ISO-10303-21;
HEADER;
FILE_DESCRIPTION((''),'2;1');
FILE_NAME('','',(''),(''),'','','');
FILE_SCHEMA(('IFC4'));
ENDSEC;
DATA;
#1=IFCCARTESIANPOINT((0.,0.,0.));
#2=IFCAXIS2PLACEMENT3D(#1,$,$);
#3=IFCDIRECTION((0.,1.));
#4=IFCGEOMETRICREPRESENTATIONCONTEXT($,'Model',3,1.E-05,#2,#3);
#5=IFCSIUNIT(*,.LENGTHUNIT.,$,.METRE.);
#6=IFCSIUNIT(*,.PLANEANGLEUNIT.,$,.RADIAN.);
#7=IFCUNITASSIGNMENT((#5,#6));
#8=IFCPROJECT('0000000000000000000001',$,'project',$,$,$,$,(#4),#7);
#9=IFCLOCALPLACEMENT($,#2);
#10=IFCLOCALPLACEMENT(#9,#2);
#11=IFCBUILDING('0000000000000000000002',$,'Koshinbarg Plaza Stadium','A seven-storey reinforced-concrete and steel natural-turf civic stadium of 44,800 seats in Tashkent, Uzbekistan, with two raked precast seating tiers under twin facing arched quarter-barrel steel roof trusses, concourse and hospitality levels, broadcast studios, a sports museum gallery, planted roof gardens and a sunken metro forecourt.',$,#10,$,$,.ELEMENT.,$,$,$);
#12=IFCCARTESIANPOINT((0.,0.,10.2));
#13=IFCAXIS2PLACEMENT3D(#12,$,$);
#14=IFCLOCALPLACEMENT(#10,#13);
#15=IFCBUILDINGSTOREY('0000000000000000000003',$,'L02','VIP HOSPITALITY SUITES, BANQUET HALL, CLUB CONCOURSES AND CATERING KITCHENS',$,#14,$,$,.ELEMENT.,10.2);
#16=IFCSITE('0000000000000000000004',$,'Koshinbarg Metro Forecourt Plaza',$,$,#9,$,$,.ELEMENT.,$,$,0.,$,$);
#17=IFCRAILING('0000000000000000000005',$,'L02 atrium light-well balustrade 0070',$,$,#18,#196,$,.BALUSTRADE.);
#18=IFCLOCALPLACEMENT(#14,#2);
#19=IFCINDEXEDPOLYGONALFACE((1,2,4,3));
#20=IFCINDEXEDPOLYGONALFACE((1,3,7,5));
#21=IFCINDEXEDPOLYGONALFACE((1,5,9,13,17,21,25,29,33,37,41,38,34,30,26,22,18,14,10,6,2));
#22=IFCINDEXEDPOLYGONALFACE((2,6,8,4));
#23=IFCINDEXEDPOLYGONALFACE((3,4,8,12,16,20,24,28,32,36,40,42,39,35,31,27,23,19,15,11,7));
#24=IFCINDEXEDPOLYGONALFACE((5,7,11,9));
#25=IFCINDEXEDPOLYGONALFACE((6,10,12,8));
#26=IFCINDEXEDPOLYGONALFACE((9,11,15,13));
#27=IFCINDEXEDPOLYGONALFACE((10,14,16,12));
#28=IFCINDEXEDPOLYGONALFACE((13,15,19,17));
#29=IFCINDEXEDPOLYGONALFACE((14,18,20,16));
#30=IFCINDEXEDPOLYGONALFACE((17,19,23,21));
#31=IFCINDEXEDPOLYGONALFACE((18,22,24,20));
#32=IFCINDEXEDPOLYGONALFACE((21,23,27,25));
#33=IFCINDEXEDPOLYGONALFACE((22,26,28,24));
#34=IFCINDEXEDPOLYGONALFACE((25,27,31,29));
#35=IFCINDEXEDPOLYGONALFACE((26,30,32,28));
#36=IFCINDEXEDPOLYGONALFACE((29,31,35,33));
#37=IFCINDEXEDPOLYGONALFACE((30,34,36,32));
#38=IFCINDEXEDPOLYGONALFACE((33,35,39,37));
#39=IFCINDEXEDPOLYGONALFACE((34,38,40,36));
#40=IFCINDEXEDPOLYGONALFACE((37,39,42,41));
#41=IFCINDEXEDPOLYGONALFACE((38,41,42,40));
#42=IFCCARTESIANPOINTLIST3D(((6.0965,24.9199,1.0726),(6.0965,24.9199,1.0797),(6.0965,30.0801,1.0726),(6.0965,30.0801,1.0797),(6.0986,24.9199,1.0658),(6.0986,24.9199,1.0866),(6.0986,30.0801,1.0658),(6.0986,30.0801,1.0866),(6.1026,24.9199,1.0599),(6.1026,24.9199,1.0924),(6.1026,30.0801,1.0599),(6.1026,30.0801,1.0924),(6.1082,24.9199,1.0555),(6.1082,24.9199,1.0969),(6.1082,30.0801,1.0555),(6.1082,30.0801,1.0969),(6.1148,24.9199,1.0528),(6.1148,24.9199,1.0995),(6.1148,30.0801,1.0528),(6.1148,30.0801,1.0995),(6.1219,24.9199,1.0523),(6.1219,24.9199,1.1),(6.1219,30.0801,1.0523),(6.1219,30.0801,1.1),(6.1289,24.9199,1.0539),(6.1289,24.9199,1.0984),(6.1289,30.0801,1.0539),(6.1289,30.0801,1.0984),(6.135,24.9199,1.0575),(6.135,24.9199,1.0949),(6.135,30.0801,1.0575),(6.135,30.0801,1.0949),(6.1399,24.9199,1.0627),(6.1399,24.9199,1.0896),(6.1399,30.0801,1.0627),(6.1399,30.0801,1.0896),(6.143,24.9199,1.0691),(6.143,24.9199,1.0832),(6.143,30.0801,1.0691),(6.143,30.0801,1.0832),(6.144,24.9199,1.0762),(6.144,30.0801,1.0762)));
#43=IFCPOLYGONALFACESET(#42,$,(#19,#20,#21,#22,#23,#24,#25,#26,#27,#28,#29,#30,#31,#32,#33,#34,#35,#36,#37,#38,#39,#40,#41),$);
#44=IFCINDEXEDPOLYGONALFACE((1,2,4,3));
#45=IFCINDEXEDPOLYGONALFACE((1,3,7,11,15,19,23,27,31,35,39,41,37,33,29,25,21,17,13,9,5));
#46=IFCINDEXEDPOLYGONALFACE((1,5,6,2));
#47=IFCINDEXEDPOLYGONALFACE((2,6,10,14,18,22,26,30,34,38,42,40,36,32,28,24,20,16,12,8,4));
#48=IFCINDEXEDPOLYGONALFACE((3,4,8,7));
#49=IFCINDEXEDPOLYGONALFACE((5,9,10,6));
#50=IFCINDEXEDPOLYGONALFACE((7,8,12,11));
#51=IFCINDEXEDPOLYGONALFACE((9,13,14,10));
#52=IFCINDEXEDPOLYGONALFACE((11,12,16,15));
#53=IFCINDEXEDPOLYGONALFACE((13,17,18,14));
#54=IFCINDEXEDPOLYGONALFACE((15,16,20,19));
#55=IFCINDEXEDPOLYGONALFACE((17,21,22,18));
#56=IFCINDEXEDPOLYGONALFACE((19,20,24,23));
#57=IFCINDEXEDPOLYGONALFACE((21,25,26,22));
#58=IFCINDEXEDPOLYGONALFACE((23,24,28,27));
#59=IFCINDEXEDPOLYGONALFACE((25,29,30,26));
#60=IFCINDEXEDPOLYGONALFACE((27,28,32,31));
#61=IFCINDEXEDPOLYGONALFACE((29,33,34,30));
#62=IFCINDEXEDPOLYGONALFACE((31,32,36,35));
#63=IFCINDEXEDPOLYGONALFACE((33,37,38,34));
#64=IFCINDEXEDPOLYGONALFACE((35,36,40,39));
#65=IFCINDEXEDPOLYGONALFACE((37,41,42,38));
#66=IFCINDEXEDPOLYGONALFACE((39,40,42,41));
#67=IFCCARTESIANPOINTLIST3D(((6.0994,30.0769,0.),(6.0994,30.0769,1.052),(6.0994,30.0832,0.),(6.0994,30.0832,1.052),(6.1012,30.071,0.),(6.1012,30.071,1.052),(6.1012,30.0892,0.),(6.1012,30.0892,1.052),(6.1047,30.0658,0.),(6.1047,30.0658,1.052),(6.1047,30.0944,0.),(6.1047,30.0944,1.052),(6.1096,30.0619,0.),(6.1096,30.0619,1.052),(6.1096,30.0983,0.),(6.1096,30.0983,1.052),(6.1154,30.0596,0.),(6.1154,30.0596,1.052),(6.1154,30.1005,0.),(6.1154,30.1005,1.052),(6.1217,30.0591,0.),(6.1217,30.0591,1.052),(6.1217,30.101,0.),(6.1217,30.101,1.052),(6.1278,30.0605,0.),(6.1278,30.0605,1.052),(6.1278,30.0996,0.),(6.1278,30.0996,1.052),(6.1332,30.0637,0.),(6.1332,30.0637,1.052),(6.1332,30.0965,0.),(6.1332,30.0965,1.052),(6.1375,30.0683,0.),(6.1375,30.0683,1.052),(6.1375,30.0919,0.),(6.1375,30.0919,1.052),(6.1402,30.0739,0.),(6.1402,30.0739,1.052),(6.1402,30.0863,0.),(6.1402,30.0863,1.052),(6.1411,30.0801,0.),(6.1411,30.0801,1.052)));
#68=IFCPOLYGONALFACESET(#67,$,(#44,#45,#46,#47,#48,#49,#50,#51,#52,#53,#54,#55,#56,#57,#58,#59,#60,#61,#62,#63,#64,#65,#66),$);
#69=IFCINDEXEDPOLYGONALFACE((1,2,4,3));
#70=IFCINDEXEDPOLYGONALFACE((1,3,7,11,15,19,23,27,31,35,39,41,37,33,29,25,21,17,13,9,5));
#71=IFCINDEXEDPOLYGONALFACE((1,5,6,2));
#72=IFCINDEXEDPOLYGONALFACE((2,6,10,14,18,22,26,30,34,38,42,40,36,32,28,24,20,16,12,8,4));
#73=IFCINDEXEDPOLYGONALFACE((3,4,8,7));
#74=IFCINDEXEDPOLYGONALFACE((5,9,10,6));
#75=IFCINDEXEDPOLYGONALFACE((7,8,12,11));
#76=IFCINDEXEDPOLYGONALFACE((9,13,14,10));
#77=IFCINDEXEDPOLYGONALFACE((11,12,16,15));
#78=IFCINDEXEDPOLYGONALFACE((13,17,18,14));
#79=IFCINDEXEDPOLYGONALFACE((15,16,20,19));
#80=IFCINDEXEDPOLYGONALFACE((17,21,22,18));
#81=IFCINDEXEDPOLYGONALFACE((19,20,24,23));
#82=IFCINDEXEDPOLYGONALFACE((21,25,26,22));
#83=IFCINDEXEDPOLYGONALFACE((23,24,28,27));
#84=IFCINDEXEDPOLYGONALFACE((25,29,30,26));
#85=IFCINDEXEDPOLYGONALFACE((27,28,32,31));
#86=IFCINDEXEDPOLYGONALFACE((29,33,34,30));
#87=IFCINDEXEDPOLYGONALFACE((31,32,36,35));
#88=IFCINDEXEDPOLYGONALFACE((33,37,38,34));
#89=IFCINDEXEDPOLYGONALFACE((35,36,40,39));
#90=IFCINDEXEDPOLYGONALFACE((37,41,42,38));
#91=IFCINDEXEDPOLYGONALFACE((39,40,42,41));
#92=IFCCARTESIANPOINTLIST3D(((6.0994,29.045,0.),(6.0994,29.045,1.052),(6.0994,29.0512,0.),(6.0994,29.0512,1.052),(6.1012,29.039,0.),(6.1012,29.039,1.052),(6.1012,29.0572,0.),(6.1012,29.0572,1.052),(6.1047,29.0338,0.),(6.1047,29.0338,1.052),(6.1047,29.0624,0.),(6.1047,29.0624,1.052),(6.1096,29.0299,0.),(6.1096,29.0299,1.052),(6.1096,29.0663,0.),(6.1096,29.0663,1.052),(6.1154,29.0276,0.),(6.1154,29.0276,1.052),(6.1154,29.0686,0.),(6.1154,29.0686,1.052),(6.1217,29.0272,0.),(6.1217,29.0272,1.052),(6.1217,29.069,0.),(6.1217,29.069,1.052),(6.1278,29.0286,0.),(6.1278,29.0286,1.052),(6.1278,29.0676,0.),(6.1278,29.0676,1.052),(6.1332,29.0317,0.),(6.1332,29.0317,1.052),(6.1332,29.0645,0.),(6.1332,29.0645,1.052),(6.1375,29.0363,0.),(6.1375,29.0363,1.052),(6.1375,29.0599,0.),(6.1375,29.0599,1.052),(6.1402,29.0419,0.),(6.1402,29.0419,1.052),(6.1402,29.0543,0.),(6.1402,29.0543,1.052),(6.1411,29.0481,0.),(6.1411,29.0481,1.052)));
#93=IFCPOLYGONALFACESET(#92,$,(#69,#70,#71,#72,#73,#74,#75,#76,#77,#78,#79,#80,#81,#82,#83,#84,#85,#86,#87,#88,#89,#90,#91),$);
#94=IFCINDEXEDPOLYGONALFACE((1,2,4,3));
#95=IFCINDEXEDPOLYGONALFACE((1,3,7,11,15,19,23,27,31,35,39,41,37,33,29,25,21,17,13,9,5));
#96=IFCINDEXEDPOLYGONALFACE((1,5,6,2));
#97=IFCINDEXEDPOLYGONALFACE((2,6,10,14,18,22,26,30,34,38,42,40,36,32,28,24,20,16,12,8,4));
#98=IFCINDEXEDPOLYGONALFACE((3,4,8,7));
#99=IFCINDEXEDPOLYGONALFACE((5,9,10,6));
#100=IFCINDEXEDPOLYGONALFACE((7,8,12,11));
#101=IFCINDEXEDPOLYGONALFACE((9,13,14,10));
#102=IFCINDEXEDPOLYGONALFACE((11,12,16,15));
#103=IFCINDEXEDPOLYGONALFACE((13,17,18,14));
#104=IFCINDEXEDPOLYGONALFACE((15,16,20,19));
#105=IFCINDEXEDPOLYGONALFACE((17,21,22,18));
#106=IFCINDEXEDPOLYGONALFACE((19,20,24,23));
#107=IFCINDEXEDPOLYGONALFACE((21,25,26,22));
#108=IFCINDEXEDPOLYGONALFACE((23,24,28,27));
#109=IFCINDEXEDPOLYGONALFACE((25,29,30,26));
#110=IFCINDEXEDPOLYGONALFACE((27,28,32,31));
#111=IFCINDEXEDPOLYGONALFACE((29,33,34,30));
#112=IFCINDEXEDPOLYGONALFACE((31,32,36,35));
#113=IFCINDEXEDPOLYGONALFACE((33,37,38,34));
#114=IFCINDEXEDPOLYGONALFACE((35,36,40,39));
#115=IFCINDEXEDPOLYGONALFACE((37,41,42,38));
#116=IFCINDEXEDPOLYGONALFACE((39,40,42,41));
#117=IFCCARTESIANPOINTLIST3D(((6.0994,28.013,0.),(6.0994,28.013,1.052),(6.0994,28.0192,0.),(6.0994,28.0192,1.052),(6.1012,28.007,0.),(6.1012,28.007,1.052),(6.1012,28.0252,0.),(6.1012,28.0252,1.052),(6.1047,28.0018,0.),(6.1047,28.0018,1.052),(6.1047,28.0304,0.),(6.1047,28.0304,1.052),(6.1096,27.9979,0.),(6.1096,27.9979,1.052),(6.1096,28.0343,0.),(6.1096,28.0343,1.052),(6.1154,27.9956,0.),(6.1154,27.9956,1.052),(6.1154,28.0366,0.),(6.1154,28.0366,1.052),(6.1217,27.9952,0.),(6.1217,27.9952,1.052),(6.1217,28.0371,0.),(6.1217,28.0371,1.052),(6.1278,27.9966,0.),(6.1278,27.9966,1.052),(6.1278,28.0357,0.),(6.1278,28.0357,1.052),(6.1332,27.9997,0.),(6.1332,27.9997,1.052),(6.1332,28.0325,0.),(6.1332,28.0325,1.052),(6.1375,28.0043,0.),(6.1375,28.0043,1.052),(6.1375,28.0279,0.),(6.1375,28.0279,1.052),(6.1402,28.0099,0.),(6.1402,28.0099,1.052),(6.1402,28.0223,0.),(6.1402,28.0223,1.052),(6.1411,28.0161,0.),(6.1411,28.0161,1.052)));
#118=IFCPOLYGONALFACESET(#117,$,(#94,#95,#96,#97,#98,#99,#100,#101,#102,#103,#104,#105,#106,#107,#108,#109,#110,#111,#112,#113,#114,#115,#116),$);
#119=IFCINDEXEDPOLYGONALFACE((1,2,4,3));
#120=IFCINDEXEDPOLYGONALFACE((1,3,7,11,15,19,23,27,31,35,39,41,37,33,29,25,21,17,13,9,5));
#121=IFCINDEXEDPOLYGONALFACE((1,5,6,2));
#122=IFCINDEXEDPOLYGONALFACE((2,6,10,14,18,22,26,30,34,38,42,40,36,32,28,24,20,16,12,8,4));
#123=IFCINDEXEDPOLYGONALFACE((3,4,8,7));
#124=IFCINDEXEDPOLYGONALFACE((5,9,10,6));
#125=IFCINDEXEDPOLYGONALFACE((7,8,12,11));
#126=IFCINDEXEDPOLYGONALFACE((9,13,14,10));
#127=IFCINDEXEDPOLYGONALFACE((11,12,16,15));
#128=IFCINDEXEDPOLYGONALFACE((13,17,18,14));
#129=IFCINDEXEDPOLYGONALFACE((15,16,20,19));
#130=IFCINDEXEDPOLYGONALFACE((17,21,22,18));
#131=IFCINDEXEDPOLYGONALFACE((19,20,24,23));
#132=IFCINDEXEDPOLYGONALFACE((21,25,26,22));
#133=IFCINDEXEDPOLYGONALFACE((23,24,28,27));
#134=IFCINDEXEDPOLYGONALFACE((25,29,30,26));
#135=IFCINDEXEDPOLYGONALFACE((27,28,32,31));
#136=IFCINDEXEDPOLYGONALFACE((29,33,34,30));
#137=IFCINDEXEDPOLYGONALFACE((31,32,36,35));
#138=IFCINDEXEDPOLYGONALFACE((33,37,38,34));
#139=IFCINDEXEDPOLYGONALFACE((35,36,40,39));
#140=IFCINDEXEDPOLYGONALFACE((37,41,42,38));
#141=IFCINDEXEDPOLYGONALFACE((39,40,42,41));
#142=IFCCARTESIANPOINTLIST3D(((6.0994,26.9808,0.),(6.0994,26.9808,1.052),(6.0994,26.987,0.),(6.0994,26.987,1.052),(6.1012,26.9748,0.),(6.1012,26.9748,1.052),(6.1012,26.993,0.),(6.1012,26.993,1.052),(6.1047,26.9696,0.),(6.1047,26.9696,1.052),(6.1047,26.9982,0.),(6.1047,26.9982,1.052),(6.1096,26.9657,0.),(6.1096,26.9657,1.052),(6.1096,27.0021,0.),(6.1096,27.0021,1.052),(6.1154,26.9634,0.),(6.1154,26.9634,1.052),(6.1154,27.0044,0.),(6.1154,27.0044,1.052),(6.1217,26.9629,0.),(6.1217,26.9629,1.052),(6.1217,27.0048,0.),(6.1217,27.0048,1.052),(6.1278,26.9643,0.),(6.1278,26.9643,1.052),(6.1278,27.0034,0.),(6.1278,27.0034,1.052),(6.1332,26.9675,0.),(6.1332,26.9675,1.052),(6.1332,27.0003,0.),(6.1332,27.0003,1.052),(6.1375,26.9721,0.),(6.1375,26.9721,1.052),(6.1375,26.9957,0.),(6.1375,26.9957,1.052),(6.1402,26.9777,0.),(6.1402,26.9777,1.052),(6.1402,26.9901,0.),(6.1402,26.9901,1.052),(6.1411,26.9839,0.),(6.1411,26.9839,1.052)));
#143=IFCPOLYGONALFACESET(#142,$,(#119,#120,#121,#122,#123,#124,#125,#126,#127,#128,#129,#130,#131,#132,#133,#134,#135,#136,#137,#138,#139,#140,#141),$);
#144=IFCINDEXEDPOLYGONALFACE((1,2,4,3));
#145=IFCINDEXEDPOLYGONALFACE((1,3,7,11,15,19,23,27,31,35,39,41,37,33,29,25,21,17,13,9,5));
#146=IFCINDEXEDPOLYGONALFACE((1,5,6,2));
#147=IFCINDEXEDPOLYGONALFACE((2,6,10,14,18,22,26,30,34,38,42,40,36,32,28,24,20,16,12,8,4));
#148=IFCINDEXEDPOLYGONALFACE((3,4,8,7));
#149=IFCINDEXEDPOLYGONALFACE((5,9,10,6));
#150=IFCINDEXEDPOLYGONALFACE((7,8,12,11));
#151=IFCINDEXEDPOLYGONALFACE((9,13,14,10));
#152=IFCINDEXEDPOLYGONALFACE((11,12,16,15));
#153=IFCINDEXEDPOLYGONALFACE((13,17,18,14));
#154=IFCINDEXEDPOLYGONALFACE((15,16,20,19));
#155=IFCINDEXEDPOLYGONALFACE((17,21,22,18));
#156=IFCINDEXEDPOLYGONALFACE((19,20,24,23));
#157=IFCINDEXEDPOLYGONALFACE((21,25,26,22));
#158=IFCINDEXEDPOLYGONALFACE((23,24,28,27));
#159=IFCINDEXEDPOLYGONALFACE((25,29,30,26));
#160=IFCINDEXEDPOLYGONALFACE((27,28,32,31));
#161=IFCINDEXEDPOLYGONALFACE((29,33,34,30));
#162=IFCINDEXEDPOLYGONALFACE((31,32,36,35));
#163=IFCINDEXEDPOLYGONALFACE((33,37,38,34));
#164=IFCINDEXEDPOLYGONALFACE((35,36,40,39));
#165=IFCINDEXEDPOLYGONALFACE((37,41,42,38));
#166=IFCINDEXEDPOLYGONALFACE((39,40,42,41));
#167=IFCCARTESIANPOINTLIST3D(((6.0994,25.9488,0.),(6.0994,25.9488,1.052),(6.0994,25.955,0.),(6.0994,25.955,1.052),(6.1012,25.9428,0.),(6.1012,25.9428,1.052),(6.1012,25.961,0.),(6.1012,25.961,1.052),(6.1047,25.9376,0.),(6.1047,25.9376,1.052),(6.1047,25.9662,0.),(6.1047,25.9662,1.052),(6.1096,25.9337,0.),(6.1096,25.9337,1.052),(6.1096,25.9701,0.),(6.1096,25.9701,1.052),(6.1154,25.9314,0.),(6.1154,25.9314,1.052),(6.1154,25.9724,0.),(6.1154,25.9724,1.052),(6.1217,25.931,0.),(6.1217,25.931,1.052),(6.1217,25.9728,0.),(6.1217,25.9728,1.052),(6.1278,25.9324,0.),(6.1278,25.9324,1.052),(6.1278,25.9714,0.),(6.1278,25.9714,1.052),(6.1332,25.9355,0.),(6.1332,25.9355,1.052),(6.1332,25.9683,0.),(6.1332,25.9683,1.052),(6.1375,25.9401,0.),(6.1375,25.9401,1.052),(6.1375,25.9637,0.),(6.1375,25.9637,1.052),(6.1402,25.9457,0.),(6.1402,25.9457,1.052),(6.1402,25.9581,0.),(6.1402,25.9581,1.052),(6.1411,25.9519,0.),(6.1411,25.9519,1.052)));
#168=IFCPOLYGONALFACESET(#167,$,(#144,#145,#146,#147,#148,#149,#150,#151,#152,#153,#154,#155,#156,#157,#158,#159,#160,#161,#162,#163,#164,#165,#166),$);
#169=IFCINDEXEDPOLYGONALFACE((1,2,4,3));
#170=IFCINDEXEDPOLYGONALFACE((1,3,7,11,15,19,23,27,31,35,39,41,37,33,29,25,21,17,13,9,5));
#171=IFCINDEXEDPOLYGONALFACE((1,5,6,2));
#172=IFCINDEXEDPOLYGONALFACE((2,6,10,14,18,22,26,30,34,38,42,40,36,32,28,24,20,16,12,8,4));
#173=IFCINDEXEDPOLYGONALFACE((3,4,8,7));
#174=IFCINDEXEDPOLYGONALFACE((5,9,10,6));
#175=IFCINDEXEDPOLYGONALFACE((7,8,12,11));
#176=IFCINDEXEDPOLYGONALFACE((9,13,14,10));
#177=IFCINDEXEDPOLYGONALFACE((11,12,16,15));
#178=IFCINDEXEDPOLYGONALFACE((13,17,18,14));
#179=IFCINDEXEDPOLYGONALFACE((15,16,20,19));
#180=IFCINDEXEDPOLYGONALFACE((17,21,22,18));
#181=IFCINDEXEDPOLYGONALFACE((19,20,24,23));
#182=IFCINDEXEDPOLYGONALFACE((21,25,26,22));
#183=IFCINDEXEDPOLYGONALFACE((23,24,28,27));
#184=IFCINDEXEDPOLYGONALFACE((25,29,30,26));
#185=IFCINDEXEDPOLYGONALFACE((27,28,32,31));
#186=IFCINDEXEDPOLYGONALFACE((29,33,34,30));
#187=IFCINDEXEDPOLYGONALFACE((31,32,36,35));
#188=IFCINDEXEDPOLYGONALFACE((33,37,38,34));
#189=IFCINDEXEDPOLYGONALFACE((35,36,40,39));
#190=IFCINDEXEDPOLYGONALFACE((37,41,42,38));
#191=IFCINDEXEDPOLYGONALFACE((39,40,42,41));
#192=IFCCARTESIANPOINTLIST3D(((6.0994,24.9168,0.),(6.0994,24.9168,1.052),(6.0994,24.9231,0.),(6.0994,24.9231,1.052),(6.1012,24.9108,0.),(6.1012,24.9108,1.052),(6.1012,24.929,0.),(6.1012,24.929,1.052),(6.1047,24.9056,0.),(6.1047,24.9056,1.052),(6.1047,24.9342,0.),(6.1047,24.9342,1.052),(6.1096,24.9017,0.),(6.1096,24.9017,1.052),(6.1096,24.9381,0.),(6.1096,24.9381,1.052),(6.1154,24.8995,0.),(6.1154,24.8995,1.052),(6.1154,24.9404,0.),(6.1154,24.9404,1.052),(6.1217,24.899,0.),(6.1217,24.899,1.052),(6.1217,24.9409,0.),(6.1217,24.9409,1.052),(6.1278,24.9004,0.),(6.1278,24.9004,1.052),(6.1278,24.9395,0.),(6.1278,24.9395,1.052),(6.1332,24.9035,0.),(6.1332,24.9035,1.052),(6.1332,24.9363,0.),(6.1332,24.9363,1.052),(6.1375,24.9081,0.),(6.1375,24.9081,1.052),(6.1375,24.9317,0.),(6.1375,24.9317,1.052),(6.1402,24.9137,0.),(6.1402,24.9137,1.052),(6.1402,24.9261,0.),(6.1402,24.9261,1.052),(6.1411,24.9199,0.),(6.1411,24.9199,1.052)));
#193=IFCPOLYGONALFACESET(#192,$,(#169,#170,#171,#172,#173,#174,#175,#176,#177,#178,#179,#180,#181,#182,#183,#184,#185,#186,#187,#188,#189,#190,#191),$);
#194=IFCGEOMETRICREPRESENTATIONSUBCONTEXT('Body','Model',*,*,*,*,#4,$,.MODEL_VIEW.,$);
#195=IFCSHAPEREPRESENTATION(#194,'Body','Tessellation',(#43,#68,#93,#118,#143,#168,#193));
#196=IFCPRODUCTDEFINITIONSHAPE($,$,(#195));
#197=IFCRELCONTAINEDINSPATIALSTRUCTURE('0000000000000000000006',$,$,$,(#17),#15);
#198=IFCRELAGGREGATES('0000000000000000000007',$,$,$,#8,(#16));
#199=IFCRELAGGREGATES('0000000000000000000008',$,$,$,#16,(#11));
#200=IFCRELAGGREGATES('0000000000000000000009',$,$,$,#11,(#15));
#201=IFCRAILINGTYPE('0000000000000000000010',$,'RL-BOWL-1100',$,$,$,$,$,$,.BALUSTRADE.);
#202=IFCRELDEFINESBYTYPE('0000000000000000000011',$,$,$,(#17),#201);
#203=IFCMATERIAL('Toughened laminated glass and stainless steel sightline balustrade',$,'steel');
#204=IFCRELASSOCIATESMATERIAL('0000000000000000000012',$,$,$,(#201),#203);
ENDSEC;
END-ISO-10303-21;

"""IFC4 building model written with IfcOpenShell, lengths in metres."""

from ifc_helpers import new_model, si_unit, direction, frame, origin, origin_2d, place, context, subcontext, project, spatial, circle, extrude, material, type_object, element, save


model = new_model("IFC4")

# Units and contexts
model_context = context("Model", 3, precision=1e-05, world=origin(), true_north=direction((0.0, 1.0)))
body_context = subcontext(model_context, "Body", "Model", "MODEL_VIEW")
ifc_project = project(units=[si_unit("LENGTHUNIT", "METRE"), si_unit("PLANEANGLEUNIT", "RADIAN")], contexts=[model_context])

# Site, building, storey
site_placement = place(None, origin())
site = spatial("IfcSite", under=ifc_project, at=site_placement, Name="Koshinbarg Metro Forecourt Plaza", CompositionType="ELEMENT", RefElevation=0.0)
building_placement = place(site_placement, origin())
building = spatial("IfcBuilding", under=site, at=building_placement, Name="Koshinbarg Plaza Stadium", Description="A seven-storey reinforced-concrete and steel natural-turf civic stadium of 44,800 seats in Tashkent, Uzbekistan, with two raked precast seating tiers under twin facing arched quarter-barrel steel roof trusses, concourse and hospitality levels, broadcast studios, a sports museum gallery, planted roof gardens and a sunken metro forecourt.", CompositionType="ELEMENT")
storey_placement = place(building_placement, frame((0.0, 0.0, 10.2)))
storey = spatial("IfcBuildingStorey", under=building, at=storey_placement, Name="L02", Description="VIP HOSPITALITY SUITES, BANQUET HALL, CLUB CONCOURSES AND CATERING KITCHENS", CompositionType="ELEMENT", Elevation=10.2)

# Railing
ifc_material_1 = material(Name="Toughened laminated glass and stainless steel sightline balustrade", Category="steel")
railing_type = type_object("IfcRailingType", Name="RL-BOWL-1100", PredefinedType="BALUSTRADE", material=ifc_material_1)
railing_1_placement = place(storey_placement, frame((6.1201, 30.0801, 0.0)))
element("IfcRailing", 1, at=railing_1_placement, inside=storey, type_object=railing_type, Name="L02 atrium light-well balustrade 0070", PredefinedType="BALUSTRADE", context=body_context, shape_type="SweptSolid", body=[
    extrude(circle(Radius=0.0239, at=origin_2d()), frame((0.0, 0.0, 1.0762), z_axis=(0.0, -1.0, 0.0), x_axis=(1.0, 0.0, 0.0)), (0.0, 0.0, 1.0), 5.1602),
    extrude(circle(Radius=0.021, at=origin_2d()), origin(), (0.0, 0.0, 1.0), 1.052),
    extrude(circle(Radius=0.021, at=origin_2d()), frame((0.0, -1.032, 0.0)), (0.0, 0.0, 1.0), 1.052),
    extrude(circle(Radius=0.021, at=origin_2d()), frame((0.0, -2.064, 0.0)), (0.0, 0.0, 1.0), 1.052),
    extrude(circle(Radius=0.021, at=origin_2d()), frame((0.0, -3.0962, 0.0)), (0.0, 0.0, 1.0), 1.052),
    extrude(circle(Radius=0.021, at=origin_2d()), frame((0.0, -4.1282, 0.0)), (0.0, 0.0, 1.0), 1.052),
    extrude(circle(Radius=0.021, at=origin_2d()), frame((0.0, -5.1602, 0.0)), (0.0, 0.0, 1.0), 1.052),
])

save(model, "model.ifc")
